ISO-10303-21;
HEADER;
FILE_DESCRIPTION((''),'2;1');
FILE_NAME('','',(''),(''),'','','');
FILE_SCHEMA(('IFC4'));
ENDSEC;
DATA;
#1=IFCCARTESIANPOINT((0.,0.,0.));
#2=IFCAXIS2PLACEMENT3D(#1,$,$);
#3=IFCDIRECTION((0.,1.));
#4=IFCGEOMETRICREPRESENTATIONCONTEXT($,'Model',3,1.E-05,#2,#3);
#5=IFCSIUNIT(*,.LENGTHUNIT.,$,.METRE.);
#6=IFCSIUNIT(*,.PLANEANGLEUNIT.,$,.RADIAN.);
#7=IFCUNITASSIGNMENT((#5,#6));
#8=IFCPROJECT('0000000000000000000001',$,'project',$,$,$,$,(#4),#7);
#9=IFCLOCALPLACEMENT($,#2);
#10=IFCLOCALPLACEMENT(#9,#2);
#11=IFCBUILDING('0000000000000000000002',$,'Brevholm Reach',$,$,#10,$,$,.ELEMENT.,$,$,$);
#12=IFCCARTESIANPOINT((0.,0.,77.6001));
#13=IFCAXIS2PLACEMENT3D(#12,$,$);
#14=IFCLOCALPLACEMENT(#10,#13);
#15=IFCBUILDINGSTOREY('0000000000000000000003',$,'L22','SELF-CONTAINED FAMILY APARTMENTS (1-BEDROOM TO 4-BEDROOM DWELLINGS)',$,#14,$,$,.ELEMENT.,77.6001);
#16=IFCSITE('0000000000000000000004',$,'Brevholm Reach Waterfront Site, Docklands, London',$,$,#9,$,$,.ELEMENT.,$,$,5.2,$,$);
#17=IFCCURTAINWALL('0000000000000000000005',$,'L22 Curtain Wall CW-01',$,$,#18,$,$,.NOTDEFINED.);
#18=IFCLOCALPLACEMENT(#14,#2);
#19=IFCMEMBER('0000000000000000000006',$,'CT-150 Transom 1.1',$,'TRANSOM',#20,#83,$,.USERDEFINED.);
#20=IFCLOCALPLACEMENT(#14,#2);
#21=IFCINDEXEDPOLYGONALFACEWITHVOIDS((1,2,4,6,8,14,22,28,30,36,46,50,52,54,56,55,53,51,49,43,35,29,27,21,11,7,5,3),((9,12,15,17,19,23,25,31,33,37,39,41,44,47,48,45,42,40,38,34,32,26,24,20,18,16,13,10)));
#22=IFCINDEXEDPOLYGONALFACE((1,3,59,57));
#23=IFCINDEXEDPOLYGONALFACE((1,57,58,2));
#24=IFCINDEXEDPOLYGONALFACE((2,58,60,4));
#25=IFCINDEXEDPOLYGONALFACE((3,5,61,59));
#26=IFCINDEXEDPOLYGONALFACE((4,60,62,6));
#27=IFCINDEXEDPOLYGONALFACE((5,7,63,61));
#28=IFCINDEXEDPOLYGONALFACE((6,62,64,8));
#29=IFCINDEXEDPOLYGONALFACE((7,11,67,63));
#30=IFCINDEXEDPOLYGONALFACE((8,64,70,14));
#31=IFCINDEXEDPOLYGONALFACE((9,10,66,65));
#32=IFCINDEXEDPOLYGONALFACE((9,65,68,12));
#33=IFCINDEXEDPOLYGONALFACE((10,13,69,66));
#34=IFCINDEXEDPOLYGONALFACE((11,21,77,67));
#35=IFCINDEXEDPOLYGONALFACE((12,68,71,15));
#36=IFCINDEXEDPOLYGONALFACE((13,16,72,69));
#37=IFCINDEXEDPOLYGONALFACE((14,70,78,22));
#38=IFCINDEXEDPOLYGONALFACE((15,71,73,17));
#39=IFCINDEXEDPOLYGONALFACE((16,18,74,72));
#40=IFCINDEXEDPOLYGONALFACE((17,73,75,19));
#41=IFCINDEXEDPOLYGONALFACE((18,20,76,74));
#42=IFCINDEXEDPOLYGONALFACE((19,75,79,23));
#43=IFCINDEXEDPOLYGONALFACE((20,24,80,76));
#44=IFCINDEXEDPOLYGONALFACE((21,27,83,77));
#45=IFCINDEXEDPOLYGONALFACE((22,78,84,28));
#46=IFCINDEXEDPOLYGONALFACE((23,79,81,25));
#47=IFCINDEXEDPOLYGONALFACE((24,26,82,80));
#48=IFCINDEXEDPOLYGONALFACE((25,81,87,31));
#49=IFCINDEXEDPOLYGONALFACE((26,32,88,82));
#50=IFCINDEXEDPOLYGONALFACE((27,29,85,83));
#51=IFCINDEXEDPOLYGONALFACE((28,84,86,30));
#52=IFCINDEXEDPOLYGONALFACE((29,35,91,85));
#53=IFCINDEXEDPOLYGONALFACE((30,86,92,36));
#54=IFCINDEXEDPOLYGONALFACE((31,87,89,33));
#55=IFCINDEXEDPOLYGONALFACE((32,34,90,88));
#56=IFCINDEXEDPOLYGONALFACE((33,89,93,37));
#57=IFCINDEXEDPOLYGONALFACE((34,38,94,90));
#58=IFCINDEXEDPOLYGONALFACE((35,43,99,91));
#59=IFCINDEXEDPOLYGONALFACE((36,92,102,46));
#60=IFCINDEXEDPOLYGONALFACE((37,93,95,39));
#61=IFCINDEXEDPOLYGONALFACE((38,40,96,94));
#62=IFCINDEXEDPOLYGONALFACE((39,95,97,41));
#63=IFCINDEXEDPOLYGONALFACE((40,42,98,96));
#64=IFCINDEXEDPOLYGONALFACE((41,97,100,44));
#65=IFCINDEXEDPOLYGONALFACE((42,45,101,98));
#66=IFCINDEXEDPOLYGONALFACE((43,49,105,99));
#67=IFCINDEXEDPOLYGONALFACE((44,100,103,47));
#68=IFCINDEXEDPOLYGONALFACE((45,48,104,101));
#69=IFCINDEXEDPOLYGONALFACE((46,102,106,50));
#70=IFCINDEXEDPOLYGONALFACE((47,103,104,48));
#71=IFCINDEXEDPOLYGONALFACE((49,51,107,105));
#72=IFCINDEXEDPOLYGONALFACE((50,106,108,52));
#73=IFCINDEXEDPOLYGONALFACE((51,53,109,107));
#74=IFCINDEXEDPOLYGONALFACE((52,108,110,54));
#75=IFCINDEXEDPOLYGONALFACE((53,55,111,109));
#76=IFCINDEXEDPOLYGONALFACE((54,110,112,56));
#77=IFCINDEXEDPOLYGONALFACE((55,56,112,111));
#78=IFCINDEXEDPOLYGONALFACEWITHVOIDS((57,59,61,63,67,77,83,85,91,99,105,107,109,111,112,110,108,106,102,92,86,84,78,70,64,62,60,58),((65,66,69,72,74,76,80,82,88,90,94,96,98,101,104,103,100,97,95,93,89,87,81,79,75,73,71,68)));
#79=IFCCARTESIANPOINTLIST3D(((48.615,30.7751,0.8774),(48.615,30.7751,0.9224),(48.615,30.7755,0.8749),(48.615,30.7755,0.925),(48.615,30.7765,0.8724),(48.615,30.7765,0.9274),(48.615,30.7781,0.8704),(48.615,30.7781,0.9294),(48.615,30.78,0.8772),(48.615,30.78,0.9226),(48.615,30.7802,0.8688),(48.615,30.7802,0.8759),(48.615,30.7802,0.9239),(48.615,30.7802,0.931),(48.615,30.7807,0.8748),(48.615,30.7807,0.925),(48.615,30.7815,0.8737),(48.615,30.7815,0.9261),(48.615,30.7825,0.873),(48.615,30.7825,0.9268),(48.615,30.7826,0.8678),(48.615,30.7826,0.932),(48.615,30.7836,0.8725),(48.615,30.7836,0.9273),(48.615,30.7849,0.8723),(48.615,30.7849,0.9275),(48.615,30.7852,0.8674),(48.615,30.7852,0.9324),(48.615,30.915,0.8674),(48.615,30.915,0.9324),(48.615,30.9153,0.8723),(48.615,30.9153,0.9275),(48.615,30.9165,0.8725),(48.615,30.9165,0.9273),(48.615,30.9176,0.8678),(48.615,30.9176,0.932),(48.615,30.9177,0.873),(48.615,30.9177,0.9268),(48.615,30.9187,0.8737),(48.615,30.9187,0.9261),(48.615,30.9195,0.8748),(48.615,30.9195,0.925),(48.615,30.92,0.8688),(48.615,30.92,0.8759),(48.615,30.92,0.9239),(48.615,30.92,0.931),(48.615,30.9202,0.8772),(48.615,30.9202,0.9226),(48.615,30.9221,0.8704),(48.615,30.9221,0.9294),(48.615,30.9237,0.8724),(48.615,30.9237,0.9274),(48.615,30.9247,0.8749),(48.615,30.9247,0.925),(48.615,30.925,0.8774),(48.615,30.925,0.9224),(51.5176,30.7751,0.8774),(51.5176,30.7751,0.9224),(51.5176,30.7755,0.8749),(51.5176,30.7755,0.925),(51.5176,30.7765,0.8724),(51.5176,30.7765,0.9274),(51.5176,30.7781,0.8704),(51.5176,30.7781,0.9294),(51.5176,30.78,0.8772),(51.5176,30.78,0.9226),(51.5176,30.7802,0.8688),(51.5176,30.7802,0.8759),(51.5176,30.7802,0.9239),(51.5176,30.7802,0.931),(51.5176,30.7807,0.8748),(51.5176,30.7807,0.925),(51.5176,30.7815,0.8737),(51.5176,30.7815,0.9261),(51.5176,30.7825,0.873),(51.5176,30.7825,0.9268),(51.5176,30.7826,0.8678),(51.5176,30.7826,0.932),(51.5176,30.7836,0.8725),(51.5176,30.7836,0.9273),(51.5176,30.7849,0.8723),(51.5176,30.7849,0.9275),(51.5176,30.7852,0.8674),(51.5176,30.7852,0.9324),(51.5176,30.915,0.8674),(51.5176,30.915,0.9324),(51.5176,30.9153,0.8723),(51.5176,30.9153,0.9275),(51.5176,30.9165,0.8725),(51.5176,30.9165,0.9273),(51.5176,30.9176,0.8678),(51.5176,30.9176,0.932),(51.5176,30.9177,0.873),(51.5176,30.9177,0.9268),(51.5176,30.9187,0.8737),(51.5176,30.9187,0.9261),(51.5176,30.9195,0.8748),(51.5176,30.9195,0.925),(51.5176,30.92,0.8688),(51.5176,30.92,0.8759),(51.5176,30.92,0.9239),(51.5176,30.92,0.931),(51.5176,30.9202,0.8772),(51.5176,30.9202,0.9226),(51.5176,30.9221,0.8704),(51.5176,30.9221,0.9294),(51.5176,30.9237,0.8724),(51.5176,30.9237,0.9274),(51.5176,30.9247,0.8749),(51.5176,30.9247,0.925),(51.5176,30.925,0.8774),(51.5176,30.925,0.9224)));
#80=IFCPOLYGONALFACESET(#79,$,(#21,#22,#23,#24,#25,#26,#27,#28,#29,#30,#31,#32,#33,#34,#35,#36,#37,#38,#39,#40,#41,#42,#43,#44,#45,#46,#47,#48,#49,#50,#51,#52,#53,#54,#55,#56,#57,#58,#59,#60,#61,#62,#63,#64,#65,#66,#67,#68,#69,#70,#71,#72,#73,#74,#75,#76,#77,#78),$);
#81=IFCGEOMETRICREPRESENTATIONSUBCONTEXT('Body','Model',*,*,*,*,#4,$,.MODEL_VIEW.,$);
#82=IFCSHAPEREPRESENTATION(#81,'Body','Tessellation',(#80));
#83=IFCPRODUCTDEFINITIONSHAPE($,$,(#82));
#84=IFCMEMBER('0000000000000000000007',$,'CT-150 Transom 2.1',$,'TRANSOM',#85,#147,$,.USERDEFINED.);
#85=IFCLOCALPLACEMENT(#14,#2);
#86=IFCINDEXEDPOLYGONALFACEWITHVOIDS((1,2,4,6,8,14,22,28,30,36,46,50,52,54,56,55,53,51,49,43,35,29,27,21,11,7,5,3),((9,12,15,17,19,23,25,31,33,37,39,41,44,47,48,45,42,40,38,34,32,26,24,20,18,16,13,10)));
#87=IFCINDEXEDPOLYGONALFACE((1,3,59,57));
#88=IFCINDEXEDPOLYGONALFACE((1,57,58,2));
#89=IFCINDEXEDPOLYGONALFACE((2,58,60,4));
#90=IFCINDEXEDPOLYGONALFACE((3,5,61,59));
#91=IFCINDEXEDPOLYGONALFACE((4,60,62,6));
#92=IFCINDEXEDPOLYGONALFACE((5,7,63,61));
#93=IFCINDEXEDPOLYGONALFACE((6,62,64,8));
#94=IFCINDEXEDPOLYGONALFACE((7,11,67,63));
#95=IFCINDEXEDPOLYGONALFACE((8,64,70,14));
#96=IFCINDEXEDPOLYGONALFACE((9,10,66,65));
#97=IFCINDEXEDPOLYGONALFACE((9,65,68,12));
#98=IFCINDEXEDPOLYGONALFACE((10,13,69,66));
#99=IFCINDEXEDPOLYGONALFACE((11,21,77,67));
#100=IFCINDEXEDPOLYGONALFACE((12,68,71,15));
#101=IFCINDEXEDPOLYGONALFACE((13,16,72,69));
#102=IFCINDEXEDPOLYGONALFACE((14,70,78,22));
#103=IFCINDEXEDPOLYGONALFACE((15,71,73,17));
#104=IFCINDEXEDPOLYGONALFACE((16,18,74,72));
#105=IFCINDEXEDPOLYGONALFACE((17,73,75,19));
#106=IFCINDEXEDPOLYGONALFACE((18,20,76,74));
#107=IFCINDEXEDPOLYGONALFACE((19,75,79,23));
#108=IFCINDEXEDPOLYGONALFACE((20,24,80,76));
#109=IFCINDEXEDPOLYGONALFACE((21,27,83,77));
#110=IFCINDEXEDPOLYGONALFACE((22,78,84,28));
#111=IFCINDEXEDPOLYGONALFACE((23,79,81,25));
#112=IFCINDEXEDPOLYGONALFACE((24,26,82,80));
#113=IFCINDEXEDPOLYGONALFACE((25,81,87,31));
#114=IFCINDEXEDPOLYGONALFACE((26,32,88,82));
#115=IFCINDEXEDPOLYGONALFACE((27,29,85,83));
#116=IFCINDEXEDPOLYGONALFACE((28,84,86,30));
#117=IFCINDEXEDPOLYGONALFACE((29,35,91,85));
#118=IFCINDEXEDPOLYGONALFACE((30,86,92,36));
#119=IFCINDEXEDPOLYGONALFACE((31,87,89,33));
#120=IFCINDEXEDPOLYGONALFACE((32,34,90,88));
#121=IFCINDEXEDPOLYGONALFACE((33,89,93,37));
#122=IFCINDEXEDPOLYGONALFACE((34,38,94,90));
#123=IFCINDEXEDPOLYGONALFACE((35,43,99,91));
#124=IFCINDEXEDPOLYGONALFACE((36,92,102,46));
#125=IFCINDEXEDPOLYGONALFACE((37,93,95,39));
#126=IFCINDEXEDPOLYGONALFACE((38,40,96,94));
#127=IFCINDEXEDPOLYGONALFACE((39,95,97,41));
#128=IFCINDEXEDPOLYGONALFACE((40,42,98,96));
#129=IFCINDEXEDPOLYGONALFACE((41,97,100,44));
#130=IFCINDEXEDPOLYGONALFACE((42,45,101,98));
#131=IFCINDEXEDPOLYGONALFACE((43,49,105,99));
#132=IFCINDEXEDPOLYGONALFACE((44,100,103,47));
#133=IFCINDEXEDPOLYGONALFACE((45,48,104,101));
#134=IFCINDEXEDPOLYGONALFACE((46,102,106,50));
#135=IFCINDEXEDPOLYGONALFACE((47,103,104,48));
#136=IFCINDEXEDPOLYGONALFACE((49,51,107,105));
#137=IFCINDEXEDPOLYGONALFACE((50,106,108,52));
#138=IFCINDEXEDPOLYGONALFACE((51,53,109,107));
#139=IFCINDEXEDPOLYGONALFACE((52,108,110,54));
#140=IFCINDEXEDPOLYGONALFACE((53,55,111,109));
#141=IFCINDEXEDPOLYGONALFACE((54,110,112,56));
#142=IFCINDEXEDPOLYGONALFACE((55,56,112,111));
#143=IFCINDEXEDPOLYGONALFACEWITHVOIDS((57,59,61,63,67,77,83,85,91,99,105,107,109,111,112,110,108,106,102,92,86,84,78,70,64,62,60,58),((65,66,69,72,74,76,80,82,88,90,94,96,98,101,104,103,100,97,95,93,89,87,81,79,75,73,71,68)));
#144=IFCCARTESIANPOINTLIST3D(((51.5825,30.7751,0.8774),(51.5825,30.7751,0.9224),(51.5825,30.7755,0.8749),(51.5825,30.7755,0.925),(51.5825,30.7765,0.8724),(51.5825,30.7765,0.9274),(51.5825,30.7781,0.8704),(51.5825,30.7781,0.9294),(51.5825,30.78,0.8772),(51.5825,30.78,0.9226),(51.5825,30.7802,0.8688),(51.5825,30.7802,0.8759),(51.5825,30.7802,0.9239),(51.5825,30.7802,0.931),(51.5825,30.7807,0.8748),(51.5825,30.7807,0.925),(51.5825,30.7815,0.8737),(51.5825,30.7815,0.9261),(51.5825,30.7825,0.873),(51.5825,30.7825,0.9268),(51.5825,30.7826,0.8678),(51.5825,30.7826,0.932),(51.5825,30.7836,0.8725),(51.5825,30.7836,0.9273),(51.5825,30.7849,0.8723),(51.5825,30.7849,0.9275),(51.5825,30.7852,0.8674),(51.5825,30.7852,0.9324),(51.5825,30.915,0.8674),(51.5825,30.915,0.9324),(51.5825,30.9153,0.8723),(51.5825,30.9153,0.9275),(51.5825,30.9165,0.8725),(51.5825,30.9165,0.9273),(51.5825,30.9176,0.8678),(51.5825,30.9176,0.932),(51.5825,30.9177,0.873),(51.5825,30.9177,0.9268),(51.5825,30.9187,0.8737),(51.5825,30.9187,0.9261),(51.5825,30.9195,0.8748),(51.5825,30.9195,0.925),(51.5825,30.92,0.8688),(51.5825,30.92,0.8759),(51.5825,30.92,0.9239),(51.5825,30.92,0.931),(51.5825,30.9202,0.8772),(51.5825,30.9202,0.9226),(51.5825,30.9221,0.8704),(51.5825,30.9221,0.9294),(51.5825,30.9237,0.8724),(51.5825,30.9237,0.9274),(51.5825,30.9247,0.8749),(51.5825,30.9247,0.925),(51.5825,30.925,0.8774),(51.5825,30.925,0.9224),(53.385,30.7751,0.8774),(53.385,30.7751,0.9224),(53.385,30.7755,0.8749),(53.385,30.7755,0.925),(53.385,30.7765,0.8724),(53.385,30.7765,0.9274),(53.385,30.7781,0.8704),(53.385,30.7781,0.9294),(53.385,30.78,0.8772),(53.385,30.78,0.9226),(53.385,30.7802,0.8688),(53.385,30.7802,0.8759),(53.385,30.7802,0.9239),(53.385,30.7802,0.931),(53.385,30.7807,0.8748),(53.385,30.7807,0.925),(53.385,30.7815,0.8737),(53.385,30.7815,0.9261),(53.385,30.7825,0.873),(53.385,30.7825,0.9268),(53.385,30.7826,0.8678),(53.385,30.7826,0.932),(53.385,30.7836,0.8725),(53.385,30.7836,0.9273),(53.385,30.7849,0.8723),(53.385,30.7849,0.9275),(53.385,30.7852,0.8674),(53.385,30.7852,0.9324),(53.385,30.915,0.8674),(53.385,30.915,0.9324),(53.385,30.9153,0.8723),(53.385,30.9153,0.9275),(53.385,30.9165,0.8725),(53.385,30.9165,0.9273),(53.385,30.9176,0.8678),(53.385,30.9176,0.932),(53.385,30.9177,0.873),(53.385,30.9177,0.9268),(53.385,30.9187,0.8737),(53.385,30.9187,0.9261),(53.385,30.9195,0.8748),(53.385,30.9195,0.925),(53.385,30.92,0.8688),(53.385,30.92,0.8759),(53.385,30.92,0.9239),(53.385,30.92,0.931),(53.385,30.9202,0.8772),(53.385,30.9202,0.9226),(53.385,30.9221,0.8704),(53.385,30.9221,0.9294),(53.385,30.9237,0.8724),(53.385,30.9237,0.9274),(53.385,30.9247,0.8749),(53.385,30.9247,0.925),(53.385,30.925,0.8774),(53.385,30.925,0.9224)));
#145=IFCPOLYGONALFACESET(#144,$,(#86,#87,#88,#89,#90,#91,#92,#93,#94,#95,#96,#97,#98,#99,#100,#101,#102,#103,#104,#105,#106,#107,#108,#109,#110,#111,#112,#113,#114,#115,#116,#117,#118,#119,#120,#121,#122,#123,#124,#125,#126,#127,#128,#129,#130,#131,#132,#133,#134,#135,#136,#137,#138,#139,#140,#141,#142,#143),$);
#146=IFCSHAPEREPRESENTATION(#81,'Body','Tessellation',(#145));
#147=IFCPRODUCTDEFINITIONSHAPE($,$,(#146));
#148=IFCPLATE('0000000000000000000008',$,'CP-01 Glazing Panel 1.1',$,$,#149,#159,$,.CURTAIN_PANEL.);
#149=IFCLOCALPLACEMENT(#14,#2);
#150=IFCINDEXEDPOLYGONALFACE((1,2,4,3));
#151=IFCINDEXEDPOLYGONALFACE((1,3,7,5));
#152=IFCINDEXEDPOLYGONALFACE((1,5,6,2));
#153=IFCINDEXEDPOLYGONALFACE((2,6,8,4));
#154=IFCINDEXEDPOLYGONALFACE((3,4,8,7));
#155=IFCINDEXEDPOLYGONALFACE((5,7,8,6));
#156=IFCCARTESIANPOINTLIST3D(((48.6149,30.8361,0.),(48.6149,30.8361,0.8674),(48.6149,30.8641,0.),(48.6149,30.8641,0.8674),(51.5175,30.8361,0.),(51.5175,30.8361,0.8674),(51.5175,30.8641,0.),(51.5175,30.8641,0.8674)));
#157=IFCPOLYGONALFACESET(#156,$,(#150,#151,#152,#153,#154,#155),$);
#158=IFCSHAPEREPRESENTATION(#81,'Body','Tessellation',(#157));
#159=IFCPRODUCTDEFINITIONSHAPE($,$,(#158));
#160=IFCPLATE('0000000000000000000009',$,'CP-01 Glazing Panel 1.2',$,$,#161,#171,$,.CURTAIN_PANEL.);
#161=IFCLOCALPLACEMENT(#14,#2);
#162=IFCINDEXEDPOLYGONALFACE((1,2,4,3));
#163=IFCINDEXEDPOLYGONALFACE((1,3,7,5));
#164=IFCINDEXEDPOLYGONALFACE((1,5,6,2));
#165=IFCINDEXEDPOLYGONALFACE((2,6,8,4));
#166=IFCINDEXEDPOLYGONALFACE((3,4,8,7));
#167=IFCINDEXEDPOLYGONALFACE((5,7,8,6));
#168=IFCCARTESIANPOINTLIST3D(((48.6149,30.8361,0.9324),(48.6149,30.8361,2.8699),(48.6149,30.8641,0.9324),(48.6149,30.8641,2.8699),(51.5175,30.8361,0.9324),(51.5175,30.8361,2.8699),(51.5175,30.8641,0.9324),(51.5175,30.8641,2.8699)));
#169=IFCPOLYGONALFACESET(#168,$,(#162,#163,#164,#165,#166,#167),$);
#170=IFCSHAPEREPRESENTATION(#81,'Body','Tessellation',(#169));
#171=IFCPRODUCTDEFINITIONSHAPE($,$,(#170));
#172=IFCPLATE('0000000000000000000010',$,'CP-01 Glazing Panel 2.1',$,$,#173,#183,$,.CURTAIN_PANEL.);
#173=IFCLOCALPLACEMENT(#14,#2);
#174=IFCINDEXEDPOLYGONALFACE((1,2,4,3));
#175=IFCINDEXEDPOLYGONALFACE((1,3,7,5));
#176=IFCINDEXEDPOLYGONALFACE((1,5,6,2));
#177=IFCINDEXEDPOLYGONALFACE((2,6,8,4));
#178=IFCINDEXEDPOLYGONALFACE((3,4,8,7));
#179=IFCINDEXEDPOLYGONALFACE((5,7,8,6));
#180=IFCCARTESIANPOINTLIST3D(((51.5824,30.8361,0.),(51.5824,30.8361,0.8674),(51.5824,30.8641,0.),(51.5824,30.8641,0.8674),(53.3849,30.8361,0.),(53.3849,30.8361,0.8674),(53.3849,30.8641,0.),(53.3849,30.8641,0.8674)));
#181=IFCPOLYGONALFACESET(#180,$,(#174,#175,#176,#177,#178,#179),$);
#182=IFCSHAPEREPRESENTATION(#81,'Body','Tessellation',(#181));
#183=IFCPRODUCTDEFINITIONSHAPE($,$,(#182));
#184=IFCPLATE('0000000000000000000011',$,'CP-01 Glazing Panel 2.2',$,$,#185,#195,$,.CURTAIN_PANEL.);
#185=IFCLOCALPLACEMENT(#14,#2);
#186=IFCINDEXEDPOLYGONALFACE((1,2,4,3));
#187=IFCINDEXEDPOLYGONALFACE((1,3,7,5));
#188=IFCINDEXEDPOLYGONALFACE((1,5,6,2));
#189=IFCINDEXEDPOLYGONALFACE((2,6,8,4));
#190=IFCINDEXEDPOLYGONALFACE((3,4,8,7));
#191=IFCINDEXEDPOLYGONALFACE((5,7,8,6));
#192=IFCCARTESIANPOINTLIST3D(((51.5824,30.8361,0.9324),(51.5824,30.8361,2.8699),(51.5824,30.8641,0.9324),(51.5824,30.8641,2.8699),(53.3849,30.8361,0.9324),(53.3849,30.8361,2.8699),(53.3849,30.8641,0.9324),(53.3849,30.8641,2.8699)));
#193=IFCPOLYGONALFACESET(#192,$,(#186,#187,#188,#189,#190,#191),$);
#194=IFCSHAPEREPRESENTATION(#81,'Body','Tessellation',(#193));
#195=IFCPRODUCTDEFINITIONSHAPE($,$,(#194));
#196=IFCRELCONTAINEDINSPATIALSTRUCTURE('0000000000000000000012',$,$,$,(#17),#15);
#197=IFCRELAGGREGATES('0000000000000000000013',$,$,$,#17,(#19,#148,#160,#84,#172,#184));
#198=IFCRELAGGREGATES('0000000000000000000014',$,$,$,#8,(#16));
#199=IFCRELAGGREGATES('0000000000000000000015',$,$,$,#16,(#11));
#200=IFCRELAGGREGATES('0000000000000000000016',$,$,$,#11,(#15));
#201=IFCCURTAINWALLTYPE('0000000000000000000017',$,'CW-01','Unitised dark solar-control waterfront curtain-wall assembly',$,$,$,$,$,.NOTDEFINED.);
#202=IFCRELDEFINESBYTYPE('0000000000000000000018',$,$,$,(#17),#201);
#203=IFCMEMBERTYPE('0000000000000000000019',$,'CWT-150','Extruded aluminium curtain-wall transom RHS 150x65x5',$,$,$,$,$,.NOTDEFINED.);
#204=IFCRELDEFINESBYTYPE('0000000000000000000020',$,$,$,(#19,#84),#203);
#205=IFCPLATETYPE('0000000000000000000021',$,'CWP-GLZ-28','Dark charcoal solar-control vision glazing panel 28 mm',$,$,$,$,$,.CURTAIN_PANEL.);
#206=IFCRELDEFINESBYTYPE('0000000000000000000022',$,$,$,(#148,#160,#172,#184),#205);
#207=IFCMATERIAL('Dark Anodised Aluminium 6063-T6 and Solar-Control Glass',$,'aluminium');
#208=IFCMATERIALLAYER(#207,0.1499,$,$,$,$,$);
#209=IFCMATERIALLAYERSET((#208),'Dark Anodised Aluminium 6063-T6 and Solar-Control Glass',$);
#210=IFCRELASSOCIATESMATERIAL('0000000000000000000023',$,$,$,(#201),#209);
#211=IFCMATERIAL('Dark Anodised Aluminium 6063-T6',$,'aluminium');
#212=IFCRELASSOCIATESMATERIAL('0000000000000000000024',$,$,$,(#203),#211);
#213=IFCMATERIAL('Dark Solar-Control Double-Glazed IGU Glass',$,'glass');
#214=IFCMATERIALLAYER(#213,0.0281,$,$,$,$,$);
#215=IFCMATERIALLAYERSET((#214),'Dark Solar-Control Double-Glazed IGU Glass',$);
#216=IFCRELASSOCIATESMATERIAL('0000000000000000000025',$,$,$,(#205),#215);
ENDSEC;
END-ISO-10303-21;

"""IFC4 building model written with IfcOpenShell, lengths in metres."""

from ifc_helpers import new_model, si_unit, direction, frame, origin, origin_2d, place, context, subcontext, project, spatial, rectangle, hollow_rectangle, extrude, material, layer, layer_set, material_profile, profile_set, type_object, element, aggregate, save


model = new_model("IFC4")

# Units and contexts
model_context = context("Model", 3, precision=1e-05, world=origin(), true_north=direction((0.0, 1.0)))
body_context = subcontext(model_context, "Body", "Model", "MODEL_VIEW")
ifc_project = project(units=[si_unit("LENGTHUNIT", "METRE"), si_unit("PLANEANGLEUNIT", "RADIAN")], contexts=[model_context])

# Site, building, storey
site_placement = place(None, origin())
site = spatial("IfcSite", under=ifc_project, at=site_placement, Name="Brevholm Reach Waterfront Site, Docklands, London", CompositionType="ELEMENT", RefElevation=5.2)
building_placement = place(site_placement, origin())
building = spatial("IfcBuilding", under=site, at=building_placement, Name="Brevholm Reach", CompositionType="ELEMENT")
storey_placement = place(building_placement, frame((0.0, 0.0, 77.6001)))
storey = spatial("IfcBuildingStorey", under=building, at=storey_placement, Name="L22", Description="SELF-CONTAINED FAMILY APARTMENTS (1-BEDROOM TO 4-BEDROOM DWELLINGS)", CompositionType="ELEMENT", Elevation=77.6001)

# Curtain wall, members, plates
ifc_material_1 = material(Name="Dark Anodised Aluminium 6063-T6 and Solar-Control Glass", Category="aluminium")
ifc_layer_1 = layer(ifc_material_1, 0.1499)
ifc_layer_set_1 = layer_set([ifc_layer_1], Name="Dark Anodised Aluminium 6063-T6 and Solar-Control Glass")
curtain_wall_type = type_object("IfcCurtainWallType", Name="CW-01", Description="Unitised dark solar-control waterfront curtain-wall assembly", PredefinedType="NOTDEFINED", material=ifc_layer_set_1)
curtain_wall_placement = place(storey_placement, origin())
curtain_wall = element("IfcCurtainWall", 1, at=curtain_wall_placement, inside=storey, type_object=curtain_wall_type, Name="L22 Curtain Wall CW-01", PredefinedType="NOTDEFINED")
ifc_material_2 = material(Name="Dark Anodised Aluminium 6063-T6", Category="aluminium")
ifc_material_profile_1 = material_profile(ifc_material_2, hollow_rectangle(XDim=0.0649, YDim=0.1499, WallThickness=0.0049, InnerFilletRadius=0.0049, OuterFilletRadius=0.01, at=origin_2d()), Name="RHS 150x65x5")
ifc_profile_set_1 = profile_set([ifc_material_profile_1], Name="Dark Anodised Aluminium 6063-T6")
member_type_1 = type_object("IfcMemberType", Name="CWT-150", Description="Extruded aluminium curtain-wall transom RHS 150x65x5", PredefinedType="NOTDEFINED", material=ifc_profile_set_1)
member_1_placement = place(storey_placement, frame((48.615, 30.8501, 0.8999), z_axis=(1.0, 0.0, 0.0), x_axis=(0.0, 0.0, 1.0)))
member_1 = element("IfcMember", 2, at=member_1_placement, type_object=member_type_1, Name="CT-150 Transom 1.1", ObjectType="TRANSOM", PredefinedType="USERDEFINED", context=body_context, shape_type="SweptSolid", body=[
    extrude(hollow_rectangle(XDim=0.0649, YDim=0.1499, WallThickness=0.0049, InnerFilletRadius=0.0049, OuterFilletRadius=0.01, at=origin_2d()), origin(), (0.0, 0.0, 1.0), 2.9026),
])
member_2_placement = place(storey_placement, frame((51.5825, 30.8501, 0.8999), z_axis=(1.0, 0.0, 0.0), x_axis=(0.0, 0.0, 1.0)))
member_2 = element("IfcMember", 3, at=member_2_placement, type_object=member_type_1, Name="CT-150 Transom 2.1", ObjectType="TRANSOM", PredefinedType="USERDEFINED", context=body_context, shape_type="SweptSolid", body=[
    extrude(hollow_rectangle(XDim=0.0649, YDim=0.1499, WallThickness=0.0049, InnerFilletRadius=0.0049, OuterFilletRadius=0.01, at=origin_2d()), origin(), (0.0, 0.0, 1.0), 1.8025),
])
ifc_material_3 = material(Name="Dark Solar-Control Double-Glazed IGU Glass", Category="glass")
ifc_layer_2 = layer(ifc_material_3, 0.0281)
ifc_layer_set_2 = layer_set([ifc_layer_2], Name="Dark Solar-Control Double-Glazed IGU Glass")
plate_type = type_object("IfcPlateType", Name="CWP-GLZ-28", Description="Dark charcoal solar-control vision glazing panel 28 mm", PredefinedType="CURTAIN_PANEL", material=ifc_layer_set_2)
plate_1_placement = place(storey_placement, frame((50.0662, 30.8501, 0.0), z_axis=(0.0, 0.0, 1.0), x_axis=(1.0, 0.0, 0.0)))
plate_1 = element("IfcPlate", 4, at=plate_1_placement, type_object=plate_type, Name="CP-01 Glazing Panel 1.1", PredefinedType="CURTAIN_PANEL", context=body_context, shape_type="SweptSolid", body=[
    extrude(rectangle(XDim=2.9026, YDim=0.0281, at=origin_2d()), origin(), (0.0, 0.0, 1.0), 0.8674),
])
plate_2_placement = place(storey_placement, frame((50.0662, 30.8501, 0.9324), z_axis=(0.0, 0.0, 1.0), x_axis=(1.0, 0.0, 0.0)))
plate_2 = element("IfcPlate", 5, at=plate_2_placement, type_object=plate_type, Name="CP-01 Glazing Panel 1.2", PredefinedType="CURTAIN_PANEL", context=body_context, shape_type="SweptSolid", body=[
    extrude(rectangle(XDim=2.9026, YDim=0.0281, at=origin_2d()), origin(), (0.0, 0.0, 1.0), 1.9375),
])
plate_3_placement = place(storey_placement, frame((52.4836, 30.8501, 0.0), z_axis=(0.0, 0.0, 1.0), x_axis=(1.0, 0.0, 0.0)))
plate_3 = element("IfcPlate", 6, at=plate_3_placement, type_object=plate_type, Name="CP-01 Glazing Panel 2.1", PredefinedType="CURTAIN_PANEL", context=body_context, shape_type="SweptSolid", body=[
    extrude(rectangle(XDim=1.8025, YDim=0.0281, at=origin_2d()), origin(), (0.0, 0.0, 1.0), 0.8674),
])
plate_4_placement = place(storey_placement, frame((52.4836, 30.8501, 0.9324), z_axis=(0.0, 0.0, 1.0), x_axis=(1.0, 0.0, 0.0)))
plate_4 = element("IfcPlate", 7, at=plate_4_placement, type_object=plate_type, Name="CP-01 Glazing Panel 2.2", PredefinedType="CURTAIN_PANEL", context=body_context, shape_type="SweptSolid", body=[
    extrude(rectangle(XDim=1.8025, YDim=0.0281, at=origin_2d()), origin(), (0.0, 0.0, 1.0), 1.9375),
])
aggregate(curtain_wall, [member_1, plate_1, plate_2, member_2, plate_3, plate_4])

save(model, "model.ifc")
